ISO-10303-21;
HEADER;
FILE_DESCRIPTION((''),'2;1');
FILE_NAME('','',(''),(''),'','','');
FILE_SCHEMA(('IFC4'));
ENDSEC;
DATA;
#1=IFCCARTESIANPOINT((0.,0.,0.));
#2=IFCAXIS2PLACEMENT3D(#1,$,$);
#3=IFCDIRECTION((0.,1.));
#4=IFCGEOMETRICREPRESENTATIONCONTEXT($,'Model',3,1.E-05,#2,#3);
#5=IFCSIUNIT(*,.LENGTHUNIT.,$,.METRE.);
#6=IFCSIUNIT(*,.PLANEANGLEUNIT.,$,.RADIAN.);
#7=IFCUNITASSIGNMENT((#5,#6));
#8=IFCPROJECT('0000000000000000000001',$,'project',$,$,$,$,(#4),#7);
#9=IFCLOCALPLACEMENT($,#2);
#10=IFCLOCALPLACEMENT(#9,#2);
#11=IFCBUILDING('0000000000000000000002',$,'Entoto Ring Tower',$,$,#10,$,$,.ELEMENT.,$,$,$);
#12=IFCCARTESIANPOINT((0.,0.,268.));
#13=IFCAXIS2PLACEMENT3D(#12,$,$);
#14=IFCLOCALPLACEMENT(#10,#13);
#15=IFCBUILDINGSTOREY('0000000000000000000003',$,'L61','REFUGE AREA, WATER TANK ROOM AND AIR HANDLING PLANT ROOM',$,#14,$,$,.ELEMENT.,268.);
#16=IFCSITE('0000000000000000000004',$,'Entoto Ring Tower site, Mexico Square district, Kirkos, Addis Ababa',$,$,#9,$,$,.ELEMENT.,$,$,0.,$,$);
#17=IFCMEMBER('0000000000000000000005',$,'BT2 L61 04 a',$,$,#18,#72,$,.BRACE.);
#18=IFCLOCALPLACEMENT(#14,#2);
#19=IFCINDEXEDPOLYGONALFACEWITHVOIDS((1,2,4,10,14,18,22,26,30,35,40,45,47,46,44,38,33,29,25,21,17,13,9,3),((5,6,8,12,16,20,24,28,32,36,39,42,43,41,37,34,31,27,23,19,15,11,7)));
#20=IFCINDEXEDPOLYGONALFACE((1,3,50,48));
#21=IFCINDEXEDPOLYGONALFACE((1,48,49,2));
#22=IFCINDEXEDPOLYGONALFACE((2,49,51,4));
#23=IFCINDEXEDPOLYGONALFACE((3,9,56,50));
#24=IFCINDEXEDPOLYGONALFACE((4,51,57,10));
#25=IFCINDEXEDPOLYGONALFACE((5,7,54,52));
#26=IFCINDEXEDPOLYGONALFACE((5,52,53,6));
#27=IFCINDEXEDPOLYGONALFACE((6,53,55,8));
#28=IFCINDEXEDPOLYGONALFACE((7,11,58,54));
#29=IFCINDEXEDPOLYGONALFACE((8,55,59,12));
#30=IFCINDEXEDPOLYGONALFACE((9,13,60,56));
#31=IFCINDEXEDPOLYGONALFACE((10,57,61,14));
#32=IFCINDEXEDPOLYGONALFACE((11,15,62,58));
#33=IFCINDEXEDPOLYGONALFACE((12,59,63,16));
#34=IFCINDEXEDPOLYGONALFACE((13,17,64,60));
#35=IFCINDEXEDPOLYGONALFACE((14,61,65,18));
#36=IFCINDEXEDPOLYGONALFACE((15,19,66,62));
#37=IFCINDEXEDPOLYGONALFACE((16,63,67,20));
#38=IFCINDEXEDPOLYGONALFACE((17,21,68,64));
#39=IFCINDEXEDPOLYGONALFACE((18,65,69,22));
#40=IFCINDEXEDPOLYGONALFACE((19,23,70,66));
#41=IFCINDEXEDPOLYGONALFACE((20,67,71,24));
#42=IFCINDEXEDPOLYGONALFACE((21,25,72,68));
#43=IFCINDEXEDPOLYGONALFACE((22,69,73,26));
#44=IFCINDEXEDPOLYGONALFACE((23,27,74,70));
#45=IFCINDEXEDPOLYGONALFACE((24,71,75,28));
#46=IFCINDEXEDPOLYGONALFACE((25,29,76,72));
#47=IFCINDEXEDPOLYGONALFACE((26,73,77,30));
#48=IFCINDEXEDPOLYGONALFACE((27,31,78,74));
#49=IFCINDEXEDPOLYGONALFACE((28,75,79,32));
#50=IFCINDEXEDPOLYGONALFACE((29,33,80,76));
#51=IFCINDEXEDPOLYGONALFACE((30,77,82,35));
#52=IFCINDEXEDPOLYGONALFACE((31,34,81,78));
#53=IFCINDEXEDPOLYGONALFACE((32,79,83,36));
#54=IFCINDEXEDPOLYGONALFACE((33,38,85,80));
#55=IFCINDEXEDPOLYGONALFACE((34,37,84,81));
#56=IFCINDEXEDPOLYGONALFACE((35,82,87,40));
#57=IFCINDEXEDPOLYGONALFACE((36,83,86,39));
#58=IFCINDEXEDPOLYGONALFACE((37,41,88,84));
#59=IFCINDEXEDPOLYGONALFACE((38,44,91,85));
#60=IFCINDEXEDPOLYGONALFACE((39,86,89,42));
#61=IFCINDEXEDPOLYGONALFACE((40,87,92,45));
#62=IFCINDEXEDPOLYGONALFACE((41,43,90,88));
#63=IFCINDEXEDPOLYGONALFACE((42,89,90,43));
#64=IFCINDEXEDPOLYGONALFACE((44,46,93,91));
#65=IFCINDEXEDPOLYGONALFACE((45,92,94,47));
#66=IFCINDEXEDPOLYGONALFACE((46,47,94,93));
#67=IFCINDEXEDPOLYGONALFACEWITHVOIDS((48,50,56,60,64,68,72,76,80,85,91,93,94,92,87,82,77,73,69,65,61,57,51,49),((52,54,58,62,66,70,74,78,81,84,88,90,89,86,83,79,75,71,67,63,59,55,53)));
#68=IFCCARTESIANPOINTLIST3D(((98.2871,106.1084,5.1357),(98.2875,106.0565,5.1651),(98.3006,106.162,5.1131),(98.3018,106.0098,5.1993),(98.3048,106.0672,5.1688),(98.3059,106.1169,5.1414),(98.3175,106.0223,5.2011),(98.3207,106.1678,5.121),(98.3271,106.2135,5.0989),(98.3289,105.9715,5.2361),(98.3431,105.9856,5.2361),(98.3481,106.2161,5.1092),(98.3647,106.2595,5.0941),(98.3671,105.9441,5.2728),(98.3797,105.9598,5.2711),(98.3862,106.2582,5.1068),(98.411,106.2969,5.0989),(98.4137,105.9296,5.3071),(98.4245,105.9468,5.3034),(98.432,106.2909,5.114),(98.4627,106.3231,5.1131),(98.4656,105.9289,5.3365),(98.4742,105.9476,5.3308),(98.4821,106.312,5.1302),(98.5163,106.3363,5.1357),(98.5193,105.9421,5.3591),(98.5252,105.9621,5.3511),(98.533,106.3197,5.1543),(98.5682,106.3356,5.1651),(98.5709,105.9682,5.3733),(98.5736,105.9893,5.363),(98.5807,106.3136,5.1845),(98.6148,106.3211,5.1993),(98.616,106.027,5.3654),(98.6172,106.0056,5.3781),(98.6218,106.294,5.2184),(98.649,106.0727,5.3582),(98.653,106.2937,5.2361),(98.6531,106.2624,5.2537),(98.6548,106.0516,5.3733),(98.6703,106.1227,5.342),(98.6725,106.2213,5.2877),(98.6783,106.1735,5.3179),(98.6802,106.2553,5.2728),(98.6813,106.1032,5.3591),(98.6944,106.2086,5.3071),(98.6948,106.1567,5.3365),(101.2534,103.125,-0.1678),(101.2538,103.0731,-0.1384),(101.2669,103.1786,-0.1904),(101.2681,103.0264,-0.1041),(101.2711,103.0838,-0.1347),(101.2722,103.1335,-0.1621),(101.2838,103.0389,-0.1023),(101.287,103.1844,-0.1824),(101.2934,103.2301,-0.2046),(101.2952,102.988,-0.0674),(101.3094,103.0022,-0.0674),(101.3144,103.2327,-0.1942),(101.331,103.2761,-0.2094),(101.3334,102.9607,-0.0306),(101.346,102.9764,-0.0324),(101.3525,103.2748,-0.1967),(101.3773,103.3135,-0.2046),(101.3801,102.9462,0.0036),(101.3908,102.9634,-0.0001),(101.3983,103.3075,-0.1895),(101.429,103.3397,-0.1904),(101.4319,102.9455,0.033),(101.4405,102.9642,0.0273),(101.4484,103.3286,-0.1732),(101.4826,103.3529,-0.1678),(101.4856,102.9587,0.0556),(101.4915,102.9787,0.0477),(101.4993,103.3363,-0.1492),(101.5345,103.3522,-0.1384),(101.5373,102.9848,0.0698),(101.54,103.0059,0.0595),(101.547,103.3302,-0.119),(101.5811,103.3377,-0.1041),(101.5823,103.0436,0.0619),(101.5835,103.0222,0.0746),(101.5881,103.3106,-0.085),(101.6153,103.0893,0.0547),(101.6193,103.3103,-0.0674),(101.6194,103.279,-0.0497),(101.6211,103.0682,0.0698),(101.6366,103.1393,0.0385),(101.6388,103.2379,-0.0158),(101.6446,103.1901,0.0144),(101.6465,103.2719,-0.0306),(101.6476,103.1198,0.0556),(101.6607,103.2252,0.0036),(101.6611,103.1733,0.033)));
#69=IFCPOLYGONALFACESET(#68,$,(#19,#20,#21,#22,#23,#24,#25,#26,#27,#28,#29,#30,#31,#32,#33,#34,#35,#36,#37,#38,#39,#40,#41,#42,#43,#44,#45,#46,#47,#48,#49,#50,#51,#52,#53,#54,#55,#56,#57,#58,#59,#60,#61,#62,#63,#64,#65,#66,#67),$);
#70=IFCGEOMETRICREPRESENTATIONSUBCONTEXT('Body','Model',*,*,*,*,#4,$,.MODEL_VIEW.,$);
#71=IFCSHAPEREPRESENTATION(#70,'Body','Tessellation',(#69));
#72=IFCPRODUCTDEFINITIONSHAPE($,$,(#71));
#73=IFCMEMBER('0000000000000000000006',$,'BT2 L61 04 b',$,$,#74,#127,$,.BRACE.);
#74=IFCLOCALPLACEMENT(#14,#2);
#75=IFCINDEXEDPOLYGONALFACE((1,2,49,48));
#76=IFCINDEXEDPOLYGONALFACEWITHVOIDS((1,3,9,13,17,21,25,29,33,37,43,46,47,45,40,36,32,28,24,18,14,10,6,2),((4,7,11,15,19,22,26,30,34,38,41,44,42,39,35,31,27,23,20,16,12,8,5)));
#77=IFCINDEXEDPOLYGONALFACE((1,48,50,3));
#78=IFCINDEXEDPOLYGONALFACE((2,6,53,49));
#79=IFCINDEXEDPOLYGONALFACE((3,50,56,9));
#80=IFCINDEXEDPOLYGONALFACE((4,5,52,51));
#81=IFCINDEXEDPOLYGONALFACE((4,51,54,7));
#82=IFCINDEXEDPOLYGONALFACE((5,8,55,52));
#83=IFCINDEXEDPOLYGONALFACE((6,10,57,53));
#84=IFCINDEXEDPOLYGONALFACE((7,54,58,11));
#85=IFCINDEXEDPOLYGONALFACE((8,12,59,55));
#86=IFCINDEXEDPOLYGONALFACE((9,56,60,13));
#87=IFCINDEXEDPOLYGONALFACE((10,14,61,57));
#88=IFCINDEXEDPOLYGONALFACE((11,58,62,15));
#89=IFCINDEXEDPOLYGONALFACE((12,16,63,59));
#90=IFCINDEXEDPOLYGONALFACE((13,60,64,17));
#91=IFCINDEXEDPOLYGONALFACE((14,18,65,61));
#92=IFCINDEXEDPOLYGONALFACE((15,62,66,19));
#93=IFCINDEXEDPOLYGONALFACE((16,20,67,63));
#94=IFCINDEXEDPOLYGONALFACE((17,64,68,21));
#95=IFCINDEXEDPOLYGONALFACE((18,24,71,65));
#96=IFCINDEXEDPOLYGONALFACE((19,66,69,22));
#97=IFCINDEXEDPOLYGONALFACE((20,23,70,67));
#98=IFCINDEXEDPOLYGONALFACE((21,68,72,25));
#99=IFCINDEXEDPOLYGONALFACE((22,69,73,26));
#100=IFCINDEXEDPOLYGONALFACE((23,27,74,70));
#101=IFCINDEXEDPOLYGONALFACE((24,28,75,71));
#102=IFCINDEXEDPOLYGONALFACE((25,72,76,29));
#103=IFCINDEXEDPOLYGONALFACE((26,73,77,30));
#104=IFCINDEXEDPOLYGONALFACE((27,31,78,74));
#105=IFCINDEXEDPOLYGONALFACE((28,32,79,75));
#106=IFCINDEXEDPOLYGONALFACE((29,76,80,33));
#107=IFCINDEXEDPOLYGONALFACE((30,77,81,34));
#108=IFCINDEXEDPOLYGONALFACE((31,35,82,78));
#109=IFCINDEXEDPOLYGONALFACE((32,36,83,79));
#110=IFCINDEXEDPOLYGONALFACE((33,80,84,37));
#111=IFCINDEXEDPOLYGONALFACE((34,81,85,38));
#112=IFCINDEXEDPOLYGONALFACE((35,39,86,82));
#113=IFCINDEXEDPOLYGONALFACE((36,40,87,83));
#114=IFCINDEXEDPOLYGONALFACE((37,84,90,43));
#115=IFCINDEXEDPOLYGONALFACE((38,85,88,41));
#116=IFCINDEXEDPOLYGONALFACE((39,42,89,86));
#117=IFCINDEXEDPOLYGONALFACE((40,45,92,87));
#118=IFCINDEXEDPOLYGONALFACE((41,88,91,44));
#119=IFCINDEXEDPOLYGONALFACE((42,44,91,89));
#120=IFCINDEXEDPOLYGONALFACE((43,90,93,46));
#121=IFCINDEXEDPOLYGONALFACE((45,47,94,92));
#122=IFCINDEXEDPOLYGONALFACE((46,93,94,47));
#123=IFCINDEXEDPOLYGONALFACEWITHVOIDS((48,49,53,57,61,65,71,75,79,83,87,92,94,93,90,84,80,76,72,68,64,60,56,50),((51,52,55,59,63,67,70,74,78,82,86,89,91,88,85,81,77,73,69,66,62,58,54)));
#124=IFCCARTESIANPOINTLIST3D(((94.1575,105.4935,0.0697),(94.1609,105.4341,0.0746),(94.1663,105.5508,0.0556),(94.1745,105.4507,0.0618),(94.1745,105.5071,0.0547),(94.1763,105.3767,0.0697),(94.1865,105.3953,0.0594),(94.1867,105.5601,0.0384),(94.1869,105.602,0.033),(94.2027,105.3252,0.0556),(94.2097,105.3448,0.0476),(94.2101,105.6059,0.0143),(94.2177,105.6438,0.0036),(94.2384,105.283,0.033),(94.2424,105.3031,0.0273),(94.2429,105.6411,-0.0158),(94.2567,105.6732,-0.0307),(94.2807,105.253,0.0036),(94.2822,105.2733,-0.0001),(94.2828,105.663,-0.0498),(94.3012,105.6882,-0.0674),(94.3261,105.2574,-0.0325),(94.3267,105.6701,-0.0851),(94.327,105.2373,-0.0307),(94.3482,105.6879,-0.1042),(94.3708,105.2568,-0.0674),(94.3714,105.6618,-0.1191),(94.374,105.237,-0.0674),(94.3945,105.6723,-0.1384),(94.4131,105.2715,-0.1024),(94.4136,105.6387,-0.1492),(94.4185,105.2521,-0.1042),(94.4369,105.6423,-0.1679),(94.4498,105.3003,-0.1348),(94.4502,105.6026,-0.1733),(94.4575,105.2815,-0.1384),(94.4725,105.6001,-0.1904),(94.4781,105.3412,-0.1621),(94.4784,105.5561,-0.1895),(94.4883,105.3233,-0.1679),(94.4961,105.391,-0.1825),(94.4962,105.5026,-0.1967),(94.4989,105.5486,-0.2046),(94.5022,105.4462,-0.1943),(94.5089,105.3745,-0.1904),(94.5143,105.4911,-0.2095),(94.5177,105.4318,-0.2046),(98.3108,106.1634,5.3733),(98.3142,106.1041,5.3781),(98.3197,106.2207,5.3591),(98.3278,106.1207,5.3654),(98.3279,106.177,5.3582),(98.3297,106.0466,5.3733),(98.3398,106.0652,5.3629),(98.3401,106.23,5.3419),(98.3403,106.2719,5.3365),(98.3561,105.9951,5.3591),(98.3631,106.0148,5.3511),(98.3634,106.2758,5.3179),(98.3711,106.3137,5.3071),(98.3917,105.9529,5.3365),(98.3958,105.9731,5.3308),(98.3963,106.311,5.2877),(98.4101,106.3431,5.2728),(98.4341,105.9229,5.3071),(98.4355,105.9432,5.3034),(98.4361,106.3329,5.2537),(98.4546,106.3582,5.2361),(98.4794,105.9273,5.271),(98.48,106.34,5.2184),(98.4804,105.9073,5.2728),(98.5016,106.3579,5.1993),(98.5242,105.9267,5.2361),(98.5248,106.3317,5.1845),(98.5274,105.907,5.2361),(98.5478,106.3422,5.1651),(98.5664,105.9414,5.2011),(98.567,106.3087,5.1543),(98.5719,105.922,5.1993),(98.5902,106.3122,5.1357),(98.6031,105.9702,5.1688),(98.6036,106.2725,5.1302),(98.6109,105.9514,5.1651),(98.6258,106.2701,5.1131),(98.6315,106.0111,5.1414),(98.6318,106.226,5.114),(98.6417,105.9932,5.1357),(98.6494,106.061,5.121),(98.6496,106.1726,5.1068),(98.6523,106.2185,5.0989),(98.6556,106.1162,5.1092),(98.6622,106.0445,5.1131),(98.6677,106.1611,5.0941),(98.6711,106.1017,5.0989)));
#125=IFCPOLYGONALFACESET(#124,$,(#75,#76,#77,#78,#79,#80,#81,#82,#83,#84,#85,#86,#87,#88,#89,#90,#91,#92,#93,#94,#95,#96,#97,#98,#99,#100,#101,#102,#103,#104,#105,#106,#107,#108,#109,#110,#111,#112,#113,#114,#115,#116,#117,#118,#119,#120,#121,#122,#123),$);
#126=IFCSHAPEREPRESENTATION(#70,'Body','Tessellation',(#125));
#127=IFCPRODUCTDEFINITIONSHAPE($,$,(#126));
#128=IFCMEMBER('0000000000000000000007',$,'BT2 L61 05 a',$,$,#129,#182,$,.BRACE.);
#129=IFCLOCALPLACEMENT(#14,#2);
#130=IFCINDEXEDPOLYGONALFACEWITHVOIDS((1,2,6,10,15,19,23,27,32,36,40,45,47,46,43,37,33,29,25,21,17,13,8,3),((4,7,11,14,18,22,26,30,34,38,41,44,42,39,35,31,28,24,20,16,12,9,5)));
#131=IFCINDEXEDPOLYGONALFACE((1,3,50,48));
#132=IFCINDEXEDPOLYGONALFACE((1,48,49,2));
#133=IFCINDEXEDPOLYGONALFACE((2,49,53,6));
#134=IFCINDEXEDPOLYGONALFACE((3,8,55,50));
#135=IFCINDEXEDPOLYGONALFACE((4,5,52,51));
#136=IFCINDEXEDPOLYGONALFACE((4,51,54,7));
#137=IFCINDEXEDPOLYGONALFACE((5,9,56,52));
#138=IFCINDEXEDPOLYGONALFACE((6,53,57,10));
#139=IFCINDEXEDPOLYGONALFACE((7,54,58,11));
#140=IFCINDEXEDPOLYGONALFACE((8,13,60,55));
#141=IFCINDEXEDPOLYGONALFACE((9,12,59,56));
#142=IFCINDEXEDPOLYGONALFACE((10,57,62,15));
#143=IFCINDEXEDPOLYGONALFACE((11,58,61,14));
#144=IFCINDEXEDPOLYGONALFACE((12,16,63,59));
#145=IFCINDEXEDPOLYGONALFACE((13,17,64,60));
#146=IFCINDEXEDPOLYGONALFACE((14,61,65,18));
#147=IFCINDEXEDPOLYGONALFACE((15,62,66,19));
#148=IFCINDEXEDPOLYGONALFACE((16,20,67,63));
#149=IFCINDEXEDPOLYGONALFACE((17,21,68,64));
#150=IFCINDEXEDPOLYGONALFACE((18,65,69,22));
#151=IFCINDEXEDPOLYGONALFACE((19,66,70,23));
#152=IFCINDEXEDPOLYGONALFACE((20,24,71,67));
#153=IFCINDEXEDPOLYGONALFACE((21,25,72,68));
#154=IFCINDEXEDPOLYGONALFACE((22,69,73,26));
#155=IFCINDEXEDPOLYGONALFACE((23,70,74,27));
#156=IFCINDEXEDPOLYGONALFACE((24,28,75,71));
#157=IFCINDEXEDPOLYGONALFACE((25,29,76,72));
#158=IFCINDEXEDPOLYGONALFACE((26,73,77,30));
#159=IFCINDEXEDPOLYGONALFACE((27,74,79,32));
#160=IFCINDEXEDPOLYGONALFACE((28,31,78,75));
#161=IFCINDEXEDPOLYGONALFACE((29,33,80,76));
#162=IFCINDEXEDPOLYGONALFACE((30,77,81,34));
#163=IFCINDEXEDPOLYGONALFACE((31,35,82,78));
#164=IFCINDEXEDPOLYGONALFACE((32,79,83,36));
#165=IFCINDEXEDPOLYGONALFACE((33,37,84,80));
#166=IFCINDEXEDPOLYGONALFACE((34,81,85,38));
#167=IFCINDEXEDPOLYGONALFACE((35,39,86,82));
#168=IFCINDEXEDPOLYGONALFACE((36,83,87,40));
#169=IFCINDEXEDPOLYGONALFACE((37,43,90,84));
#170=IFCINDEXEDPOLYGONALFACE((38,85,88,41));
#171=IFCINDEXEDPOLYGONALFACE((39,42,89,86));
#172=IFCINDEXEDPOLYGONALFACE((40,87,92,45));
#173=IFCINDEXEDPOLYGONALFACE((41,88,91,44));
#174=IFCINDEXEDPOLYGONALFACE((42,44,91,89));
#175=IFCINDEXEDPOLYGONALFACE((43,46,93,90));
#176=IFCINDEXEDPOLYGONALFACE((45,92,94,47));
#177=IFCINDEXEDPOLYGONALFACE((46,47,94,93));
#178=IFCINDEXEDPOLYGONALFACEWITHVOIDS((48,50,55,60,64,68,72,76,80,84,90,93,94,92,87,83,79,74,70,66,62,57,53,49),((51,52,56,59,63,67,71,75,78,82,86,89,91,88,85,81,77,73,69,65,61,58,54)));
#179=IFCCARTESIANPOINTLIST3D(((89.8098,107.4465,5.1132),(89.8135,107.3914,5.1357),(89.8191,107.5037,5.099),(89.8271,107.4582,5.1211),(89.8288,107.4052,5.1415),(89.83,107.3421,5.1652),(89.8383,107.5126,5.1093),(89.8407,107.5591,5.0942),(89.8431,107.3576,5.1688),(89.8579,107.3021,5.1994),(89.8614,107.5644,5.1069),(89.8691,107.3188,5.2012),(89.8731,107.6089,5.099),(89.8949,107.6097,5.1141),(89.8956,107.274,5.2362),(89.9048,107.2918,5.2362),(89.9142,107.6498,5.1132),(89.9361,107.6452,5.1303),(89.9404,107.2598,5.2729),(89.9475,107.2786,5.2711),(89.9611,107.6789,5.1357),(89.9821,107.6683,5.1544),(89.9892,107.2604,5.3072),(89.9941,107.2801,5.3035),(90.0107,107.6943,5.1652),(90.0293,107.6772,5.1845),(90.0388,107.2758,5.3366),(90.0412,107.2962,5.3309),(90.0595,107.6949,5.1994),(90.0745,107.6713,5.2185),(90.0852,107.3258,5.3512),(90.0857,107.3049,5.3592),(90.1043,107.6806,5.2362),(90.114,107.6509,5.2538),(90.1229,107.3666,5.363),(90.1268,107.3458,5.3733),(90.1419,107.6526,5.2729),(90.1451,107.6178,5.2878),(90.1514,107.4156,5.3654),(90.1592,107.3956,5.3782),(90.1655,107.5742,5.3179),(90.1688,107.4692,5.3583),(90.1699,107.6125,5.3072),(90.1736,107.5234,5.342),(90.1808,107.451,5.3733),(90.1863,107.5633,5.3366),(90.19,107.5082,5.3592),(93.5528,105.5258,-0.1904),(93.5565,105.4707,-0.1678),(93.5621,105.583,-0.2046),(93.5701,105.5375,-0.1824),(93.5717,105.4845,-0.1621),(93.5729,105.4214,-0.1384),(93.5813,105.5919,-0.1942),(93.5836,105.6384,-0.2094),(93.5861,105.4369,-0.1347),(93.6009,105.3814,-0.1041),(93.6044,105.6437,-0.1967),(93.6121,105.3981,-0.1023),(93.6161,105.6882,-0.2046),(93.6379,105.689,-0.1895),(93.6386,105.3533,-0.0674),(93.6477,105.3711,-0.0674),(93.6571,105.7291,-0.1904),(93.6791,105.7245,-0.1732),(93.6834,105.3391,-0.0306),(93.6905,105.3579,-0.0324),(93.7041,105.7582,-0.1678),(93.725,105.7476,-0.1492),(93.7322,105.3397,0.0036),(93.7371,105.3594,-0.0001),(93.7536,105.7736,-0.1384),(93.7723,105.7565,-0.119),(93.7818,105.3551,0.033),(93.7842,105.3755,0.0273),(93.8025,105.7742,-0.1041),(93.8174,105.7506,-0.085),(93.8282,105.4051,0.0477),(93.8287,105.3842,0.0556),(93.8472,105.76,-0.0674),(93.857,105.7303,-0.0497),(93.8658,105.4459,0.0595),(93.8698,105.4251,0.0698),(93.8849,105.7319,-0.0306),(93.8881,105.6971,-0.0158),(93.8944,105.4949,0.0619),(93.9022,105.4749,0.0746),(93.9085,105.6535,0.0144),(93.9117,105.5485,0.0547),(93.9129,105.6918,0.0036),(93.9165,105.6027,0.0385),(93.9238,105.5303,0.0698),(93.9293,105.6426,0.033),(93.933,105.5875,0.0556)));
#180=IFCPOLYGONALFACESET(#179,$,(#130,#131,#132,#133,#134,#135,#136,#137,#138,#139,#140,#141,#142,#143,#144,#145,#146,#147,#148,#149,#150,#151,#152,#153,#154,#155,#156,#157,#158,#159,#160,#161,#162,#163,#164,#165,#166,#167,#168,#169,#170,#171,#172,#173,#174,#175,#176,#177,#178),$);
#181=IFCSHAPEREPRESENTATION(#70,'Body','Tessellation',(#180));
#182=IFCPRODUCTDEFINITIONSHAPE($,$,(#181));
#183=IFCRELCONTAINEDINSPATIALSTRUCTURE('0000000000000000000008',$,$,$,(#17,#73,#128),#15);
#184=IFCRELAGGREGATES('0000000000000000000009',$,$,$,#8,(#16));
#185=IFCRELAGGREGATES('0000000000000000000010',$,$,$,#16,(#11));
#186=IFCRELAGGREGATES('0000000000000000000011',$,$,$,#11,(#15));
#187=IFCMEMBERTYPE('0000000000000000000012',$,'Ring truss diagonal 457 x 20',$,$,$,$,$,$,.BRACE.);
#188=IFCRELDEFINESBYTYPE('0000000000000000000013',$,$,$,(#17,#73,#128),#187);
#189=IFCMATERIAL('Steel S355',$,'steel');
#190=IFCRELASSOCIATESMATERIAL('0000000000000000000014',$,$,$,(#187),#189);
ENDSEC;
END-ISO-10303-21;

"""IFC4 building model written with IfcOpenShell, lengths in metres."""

from ifc_helpers import new_model, si_unit, direction, frame, origin, origin_2d, place, context, subcontext, project, spatial, circle, hollow_circle, extrude, material, material_profile, profile_set, type_object, element, save


model = new_model("IFC4")

# Units and contexts
model_context = context("Model", 3, precision=1e-05, world=origin(), true_north=direction((0.0, 1.0)))
body_context = subcontext(model_context, "Body", "Model", "MODEL_VIEW")
ifc_project = project(units=[si_unit("LENGTHUNIT", "METRE"), si_unit("PLANEANGLEUNIT", "RADIAN")], contexts=[model_context])

# Site, building, storey
site_placement = place(None, origin())
site = spatial("IfcSite", under=ifc_project, at=site_placement, Name="Entoto Ring Tower site, Mexico Square district, Kirkos, Addis Ababa", CompositionType="ELEMENT", RefElevation=0.0)
building_placement = place(site_placement, origin())
building = spatial("IfcBuilding", under=site, at=building_placement, Name="Entoto Ring Tower", CompositionType="ELEMENT")
storey_placement = place(building_placement, frame((0.0, 0.0, 268.0)))
storey = spatial("IfcBuildingStorey", under=building, at=storey_placement, Name="L61", Description="REFUGE AREA, WATER TANK ROOM AND AIR HANDLING PLANT ROOM", CompositionType="ELEMENT", Elevation=268.0)

# Members
ifc_material_1 = material(Name="Steel S355", Category="steel")
ifc_material_profile_1 = material_profile(ifc_material_1, hollow_circle(Radius=0.2285, WallThickness=0.02, at=origin_2d()), Name="CHS 457 x 20")
ifc_material_2 = material(Name="Concrete C60/75", Category="concrete")
ifc_material_profile_2 = material_profile(ifc_material_2, circle(Radius=0.2085, at=origin_2d()), Name="Concrete C60/75 infill")
ifc_profile_set_1 = profile_set([ifc_material_profile_1, ifc_material_profile_2], Name="Steel S355")
member_type_1 = type_object("IfcMemberType", Name="Ring truss diagonal 457 x 20", PredefinedType="BRACE", material=ifc_profile_set_1)
for number, where, z_axis, x_axis, name in (
    (1, (101.4573, 103.1492, -0.0674), (-0.438186, 0.44071, 0.783433), (-0.709135, -0.705073, 0.0), "BT2 L61 04 a"),
    (2, (98.491, 106.1326, 5.2361), (-0.613538, -0.098962, -0.78344), (0.15924, -0.98724, 0.0), "BT2 L61 04 b"),
    (3, (93.7429, 105.5566, -0.0674), (-0.552915, 0.283725, 0.783444), (-0.456544, -0.889701, 0.0), "BT2 L61 05 a"),
):
    element("IfcMember", number, at=place(storey_placement, frame(where, z_axis=z_axis, x_axis=x_axis)), inside=storey, type_object=member_type_1, Name=name, PredefinedType="BRACE", context=body_context, shape_type="SweptSolid", body=[
        extrude(hollow_circle(Radius=0.2285, WallThickness=0.02, at=origin_2d()), origin(), (0.0, 0.0, 1.0), 6.7695),
    ])

save(model, "model.ifc")
